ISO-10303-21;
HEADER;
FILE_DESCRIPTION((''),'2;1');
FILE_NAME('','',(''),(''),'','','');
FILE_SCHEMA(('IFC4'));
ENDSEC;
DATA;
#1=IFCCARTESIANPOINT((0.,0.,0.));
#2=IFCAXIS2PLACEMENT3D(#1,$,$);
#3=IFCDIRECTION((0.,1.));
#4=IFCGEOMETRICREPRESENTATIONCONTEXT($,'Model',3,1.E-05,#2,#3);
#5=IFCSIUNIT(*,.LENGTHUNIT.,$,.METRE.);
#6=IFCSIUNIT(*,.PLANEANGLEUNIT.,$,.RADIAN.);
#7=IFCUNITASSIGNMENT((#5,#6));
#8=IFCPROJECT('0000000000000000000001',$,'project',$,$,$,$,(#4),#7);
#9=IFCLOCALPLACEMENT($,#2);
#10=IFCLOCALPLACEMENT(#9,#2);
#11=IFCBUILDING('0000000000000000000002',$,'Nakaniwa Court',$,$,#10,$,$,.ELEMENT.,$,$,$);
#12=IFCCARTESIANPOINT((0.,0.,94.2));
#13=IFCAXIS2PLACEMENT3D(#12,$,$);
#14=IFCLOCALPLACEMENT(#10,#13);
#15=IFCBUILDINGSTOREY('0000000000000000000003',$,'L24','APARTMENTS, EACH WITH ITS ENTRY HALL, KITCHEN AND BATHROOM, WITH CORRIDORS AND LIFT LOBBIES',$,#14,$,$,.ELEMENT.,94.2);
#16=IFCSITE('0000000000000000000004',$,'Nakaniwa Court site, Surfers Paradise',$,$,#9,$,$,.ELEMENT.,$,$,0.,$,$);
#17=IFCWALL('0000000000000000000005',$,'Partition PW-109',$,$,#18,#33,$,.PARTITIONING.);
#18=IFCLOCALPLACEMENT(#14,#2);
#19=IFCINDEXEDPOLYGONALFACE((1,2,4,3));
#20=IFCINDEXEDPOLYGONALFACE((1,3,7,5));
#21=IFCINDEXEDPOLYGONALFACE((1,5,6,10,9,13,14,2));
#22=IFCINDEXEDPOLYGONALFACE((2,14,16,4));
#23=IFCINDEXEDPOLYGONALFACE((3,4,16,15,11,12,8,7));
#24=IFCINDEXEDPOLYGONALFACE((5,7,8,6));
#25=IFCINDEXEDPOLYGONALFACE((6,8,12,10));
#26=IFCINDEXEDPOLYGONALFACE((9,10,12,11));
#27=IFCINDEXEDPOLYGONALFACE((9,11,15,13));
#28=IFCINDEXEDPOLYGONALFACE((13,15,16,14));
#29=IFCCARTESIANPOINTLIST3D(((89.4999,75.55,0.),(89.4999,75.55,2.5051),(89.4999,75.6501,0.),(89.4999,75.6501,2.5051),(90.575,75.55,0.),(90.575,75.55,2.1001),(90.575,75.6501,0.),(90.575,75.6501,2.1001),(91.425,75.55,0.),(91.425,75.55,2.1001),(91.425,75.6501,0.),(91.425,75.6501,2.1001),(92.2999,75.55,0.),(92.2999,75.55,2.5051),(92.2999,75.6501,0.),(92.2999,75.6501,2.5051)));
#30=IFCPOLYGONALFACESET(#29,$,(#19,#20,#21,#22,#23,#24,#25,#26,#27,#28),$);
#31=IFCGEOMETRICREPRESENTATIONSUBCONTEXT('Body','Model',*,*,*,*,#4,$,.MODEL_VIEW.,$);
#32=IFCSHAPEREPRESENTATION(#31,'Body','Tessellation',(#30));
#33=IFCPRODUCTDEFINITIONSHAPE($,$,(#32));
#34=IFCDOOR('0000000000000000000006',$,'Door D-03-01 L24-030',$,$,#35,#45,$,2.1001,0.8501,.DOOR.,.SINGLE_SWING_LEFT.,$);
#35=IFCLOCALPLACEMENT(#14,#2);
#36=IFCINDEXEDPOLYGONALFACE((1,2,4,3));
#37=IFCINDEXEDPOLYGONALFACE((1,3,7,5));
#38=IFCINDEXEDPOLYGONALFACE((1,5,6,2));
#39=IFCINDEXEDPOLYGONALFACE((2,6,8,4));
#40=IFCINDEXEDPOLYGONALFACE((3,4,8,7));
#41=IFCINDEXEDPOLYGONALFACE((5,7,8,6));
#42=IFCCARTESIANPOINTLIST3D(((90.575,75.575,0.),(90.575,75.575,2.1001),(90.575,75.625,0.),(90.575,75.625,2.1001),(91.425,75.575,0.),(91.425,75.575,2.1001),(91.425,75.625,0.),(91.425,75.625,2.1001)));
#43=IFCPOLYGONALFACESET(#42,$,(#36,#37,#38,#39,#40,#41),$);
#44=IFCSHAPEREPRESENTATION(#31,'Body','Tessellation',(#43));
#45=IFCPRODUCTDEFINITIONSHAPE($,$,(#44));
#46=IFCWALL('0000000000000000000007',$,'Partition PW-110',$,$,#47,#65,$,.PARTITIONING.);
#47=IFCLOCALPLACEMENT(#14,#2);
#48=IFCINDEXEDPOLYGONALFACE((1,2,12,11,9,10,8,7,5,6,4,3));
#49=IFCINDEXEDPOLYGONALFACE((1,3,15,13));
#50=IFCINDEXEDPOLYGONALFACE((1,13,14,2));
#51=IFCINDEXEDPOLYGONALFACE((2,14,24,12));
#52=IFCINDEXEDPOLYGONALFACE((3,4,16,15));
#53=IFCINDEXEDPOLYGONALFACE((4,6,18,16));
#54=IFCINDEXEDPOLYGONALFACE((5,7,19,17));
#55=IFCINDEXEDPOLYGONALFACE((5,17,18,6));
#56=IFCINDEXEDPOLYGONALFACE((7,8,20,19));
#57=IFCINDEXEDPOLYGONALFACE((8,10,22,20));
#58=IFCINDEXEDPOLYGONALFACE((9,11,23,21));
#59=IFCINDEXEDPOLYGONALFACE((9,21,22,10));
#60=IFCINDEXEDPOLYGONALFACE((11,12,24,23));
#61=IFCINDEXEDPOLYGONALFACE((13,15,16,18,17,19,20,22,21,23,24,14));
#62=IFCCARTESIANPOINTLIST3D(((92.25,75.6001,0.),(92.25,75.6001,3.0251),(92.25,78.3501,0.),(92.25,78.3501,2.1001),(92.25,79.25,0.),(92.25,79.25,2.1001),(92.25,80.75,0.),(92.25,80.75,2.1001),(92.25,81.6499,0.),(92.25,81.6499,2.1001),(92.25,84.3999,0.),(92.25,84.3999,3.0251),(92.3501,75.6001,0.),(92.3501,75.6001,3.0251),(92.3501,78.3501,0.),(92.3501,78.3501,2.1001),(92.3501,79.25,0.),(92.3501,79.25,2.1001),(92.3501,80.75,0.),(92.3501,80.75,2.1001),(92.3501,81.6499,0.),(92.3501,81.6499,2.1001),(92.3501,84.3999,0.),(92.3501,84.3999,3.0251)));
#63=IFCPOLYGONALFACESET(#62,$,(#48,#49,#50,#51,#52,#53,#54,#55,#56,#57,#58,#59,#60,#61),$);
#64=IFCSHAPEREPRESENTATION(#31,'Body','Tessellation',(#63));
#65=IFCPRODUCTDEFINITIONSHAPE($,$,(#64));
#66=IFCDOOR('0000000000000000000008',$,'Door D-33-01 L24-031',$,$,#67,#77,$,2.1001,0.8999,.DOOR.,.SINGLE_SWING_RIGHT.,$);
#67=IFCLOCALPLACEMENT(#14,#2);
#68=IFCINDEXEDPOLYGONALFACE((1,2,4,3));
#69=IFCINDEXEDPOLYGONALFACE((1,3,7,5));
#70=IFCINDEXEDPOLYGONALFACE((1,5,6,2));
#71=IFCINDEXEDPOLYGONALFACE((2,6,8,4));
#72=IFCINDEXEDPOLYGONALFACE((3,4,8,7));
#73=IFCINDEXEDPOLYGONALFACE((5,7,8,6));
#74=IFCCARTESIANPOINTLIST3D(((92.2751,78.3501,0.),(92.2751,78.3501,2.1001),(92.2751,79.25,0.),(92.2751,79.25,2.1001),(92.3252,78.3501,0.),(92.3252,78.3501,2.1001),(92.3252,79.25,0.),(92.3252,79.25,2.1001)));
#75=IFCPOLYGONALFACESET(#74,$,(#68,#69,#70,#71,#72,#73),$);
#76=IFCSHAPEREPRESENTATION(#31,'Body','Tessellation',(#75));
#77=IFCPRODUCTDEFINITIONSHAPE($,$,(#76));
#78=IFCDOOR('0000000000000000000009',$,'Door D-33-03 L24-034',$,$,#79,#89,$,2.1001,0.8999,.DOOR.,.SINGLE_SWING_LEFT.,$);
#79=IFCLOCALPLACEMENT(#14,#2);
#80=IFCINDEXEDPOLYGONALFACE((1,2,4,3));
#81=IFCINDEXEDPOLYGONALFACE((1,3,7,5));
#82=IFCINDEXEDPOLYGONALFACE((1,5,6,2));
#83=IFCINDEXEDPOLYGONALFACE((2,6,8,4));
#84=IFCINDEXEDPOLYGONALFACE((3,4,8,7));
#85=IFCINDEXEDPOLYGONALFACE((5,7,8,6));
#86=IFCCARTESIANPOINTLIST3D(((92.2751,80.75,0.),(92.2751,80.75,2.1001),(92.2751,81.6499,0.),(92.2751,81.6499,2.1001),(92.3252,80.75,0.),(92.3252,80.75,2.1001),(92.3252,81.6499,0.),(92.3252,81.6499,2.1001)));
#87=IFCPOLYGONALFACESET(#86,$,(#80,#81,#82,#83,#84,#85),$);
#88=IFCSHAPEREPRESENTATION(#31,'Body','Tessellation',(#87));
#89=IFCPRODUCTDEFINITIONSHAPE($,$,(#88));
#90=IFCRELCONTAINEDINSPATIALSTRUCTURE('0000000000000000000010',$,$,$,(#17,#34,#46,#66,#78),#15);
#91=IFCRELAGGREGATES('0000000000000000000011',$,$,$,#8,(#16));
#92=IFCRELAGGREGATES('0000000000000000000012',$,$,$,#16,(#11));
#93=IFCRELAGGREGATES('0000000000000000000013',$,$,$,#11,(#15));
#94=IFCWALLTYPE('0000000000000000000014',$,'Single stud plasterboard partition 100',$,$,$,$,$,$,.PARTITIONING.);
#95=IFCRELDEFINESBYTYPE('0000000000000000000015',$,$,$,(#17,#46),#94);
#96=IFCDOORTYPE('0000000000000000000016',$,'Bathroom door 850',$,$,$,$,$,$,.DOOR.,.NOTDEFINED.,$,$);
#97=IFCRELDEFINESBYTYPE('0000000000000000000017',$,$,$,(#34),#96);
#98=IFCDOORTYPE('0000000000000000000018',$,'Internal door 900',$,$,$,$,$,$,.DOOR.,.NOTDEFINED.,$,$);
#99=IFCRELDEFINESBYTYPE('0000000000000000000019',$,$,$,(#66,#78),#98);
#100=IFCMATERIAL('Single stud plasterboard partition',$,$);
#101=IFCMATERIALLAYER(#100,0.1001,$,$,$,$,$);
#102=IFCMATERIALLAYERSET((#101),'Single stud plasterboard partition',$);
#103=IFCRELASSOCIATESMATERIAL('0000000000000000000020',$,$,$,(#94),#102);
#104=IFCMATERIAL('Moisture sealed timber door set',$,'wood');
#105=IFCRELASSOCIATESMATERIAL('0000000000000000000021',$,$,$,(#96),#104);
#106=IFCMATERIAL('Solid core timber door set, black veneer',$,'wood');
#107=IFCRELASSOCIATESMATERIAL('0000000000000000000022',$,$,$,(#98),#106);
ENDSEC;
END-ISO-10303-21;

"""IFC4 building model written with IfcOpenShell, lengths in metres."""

from ifc_helpers import new_model, si_unit, direction, frame, frame_2d, origin, place, context, subcontext, project, spatial, rectangle, extrude, material, layer, layer_set, type_object, element, fill, save


model = new_model("IFC4")

# Units and contexts
model_context = context("Model", 3, precision=1e-05, world=origin(), true_north=direction((0.0, 1.0)))
body_context = subcontext(model_context, "Body", "Model", "MODEL_VIEW")
ifc_project = project(units=[si_unit("LENGTHUNIT", "METRE"), si_unit("PLANEANGLEUNIT", "RADIAN")], contexts=[model_context])

# Site, building, storey
site_placement = place(None, origin())
site = spatial("IfcSite", under=ifc_project, at=site_placement, Name="Nakaniwa Court site, Surfers Paradise", CompositionType="ELEMENT", RefElevation=0.0)
building_placement = place(site_placement, origin())
building = spatial("IfcBuilding", under=site, at=building_placement, Name="Nakaniwa Court", CompositionType="ELEMENT")
storey_placement = place(building_placement, frame((0.0, 0.0, 94.2)))
storey = spatial("IfcBuildingStorey", under=building, at=storey_placement, Name="L24", Description="APARTMENTS, EACH WITH ITS ENTRY HALL, KITCHEN AND BATHROOM, WITH CORRIDORS AND LIFT LOBBIES", CompositionType="ELEMENT", Elevation=94.2)

# Shared definitions
ifc_material_1 = material(Name="Solid core timber door set, black veneer", Category="wood")

# Shared definitions
ifc_material_2 = material(Name="Single stud plasterboard partition")
ifc_layer_1 = layer(ifc_material_2, 0.1001)
ifc_layer_set_1 = layer_set([ifc_layer_1], Name="Single stud plasterboard partition")
wall_type_1 = type_object("IfcWallType", Name="Single stud plasterboard partition 100", PredefinedType="PARTITIONING", material=ifc_layer_set_1)

# Wall, opening, door
wall_1_placement = place(storey_placement, frame((89.5, 75.6001, 0.0), z_axis=(0.0, 0.0, 1.0), x_axis=(1.0, 0.0, 0.0)))
wall_1 = element("IfcWall", 1, at=wall_1_placement, inside=storey, type_object=wall_type_1, Name="Partition PW-109", PredefinedType="PARTITIONING", context=body_context, shape_type="SweptSolid", body=[
    extrude(rectangle(XDim=2.8, YDim=0.1001, at=frame_2d((1.3999, 0.0))), origin(), (0.0, 0.0, 1.0), 2.5051),
])
opening_1_placement = place(wall_1_placement, frame((1.075, 0.0, 0.0)))
opening_1 = element("IfcOpeningElement", 2, at=opening_1_placement, cuts=wall_1, PredefinedType="OPENING", context=body_context, shape_type="SweptSolid", body=[
    extrude(rectangle(XDim=0.8501, YDim=2.1001, at=frame_2d((0.425, 1.05))), frame((0.0, 0.0601, 0.0), z_axis=(0.0, -1.0, 0.0), x_axis=(1.0, 0.0, 0.0)), (0.0, 0.0, 1.0), 0.1201),
])
ifc_material_3 = material(Name="Moisture sealed timber door set", Category="wood")
door_type_1 = type_object("IfcDoorType", Name="Bathroom door 850", OperationType="NOTDEFINED", PredefinedType="DOOR", material=ifc_material_3)
door_1_placement = place(opening_1_placement, origin())
door_1 = element("IfcDoor", 3, at=door_1_placement, inside=storey, type_object=door_type_1, Name="Door D-03-01 L24-030", OperationType="SINGLE_SWING_LEFT", OverallHeight=2.1001, OverallWidth=0.8501, PredefinedType="DOOR", context=body_context, shape_type="SweptSolid", body=[
    extrude(rectangle(XDim=0.8501, YDim=2.1001, at=frame_2d((0.425, 1.05))), frame((0.0, 0.0249, 0.0), z_axis=(0.0, -1.0, 0.0), x_axis=(1.0, 0.0, 0.0)), (0.0, 0.0, 1.0), 0.05),
])
fill(opening_1, door_1)

# Wall, openings, doors
wall_2_placement = place(storey_placement, frame((92.3, 75.6001, 0.0), z_axis=(0.0, 0.0, 1.0), x_axis=(0.0, 1.0, 0.0)))
wall_2 = element("IfcWall", 4, at=wall_2_placement, inside=storey, type_object=wall_type_1, Name="Partition PW-110", PredefinedType="PARTITIONING", context=body_context, shape_type="SweptSolid", body=[
    extrude(rectangle(XDim=8.7998, YDim=0.1001, at=frame_2d((4.3999, 0.0))), origin(), (0.0, 0.0, 1.0), 3.0251),
])
opening_2_placement = place(wall_2_placement, frame((2.75, 0.0, 0.0)))
opening_2 = element("IfcOpeningElement", 5, at=opening_2_placement, cuts=wall_2, PredefinedType="OPENING", context=body_context, shape_type="SweptSolid", body=[
    extrude(rectangle(XDim=0.8999, YDim=2.1001, at=frame_2d((0.45, 1.05))), frame((0.0, 0.0601, 0.0), z_axis=(0.0, -1.0, 0.0), x_axis=(1.0, 0.0, 0.0)), (0.0, 0.0, 1.0), 0.1201),
])
opening_3_placement = place(wall_2_placement, frame((5.1499, 0.0, 0.0)))
opening_3 = element("IfcOpeningElement", 6, at=opening_3_placement, cuts=wall_2, PredefinedType="OPENING", context=body_context, shape_type="SweptSolid", body=[
    extrude(rectangle(XDim=0.8999, YDim=2.1001, at=frame_2d((0.45, 1.05))), frame((0.0, 0.0601, 0.0), z_axis=(0.0, -1.0, 0.0), x_axis=(1.0, 0.0, 0.0)), (0.0, 0.0, 1.0), 0.1201),
])
door_type_2 = type_object("IfcDoorType", Name="Internal door 900", OperationType="NOTDEFINED", PredefinedType="DOOR", material=ifc_material_1)
door_2_placement = place(opening_2_placement, origin())
door_2 = element("IfcDoor", 7, at=door_2_placement, inside=storey, type_object=door_type_2, Name="Door D-33-01 L24-031", OperationType="SINGLE_SWING_RIGHT", OverallHeight=2.1001, OverallWidth=0.8999, PredefinedType="DOOR", context=body_context, shape_type="SweptSolid", body=[
    extrude(rectangle(XDim=0.8999, YDim=2.1001, at=frame_2d((0.45, 1.05))), frame((0.0, 0.0249, 0.0), z_axis=(0.0, -1.0, 0.0), x_axis=(1.0, 0.0, 0.0)), (0.0, 0.0, 1.0), 0.05),
])
fill(opening_2, door_2)
door_3_placement = place(opening_3_placement, origin())
door_3 = element("IfcDoor", 8, at=door_3_placement, inside=storey, type_object=door_type_2, Name="Door D-33-03 L24-034", OperationType="SINGLE_SWING_LEFT", OverallHeight=2.1001, OverallWidth=0.8999, PredefinedType="DOOR", context=body_context, shape_type="SweptSolid", body=[
    extrude(rectangle(XDim=0.8999, YDim=2.1001, at=frame_2d((0.45, 1.05))), frame((0.0, 0.0249, 0.0), z_axis=(0.0, -1.0, 0.0), x_axis=(1.0, 0.0, 0.0)), (0.0, 0.0, 1.0), 0.05),
])
fill(opening_3, door_3)

save(model, "model.ifc")
